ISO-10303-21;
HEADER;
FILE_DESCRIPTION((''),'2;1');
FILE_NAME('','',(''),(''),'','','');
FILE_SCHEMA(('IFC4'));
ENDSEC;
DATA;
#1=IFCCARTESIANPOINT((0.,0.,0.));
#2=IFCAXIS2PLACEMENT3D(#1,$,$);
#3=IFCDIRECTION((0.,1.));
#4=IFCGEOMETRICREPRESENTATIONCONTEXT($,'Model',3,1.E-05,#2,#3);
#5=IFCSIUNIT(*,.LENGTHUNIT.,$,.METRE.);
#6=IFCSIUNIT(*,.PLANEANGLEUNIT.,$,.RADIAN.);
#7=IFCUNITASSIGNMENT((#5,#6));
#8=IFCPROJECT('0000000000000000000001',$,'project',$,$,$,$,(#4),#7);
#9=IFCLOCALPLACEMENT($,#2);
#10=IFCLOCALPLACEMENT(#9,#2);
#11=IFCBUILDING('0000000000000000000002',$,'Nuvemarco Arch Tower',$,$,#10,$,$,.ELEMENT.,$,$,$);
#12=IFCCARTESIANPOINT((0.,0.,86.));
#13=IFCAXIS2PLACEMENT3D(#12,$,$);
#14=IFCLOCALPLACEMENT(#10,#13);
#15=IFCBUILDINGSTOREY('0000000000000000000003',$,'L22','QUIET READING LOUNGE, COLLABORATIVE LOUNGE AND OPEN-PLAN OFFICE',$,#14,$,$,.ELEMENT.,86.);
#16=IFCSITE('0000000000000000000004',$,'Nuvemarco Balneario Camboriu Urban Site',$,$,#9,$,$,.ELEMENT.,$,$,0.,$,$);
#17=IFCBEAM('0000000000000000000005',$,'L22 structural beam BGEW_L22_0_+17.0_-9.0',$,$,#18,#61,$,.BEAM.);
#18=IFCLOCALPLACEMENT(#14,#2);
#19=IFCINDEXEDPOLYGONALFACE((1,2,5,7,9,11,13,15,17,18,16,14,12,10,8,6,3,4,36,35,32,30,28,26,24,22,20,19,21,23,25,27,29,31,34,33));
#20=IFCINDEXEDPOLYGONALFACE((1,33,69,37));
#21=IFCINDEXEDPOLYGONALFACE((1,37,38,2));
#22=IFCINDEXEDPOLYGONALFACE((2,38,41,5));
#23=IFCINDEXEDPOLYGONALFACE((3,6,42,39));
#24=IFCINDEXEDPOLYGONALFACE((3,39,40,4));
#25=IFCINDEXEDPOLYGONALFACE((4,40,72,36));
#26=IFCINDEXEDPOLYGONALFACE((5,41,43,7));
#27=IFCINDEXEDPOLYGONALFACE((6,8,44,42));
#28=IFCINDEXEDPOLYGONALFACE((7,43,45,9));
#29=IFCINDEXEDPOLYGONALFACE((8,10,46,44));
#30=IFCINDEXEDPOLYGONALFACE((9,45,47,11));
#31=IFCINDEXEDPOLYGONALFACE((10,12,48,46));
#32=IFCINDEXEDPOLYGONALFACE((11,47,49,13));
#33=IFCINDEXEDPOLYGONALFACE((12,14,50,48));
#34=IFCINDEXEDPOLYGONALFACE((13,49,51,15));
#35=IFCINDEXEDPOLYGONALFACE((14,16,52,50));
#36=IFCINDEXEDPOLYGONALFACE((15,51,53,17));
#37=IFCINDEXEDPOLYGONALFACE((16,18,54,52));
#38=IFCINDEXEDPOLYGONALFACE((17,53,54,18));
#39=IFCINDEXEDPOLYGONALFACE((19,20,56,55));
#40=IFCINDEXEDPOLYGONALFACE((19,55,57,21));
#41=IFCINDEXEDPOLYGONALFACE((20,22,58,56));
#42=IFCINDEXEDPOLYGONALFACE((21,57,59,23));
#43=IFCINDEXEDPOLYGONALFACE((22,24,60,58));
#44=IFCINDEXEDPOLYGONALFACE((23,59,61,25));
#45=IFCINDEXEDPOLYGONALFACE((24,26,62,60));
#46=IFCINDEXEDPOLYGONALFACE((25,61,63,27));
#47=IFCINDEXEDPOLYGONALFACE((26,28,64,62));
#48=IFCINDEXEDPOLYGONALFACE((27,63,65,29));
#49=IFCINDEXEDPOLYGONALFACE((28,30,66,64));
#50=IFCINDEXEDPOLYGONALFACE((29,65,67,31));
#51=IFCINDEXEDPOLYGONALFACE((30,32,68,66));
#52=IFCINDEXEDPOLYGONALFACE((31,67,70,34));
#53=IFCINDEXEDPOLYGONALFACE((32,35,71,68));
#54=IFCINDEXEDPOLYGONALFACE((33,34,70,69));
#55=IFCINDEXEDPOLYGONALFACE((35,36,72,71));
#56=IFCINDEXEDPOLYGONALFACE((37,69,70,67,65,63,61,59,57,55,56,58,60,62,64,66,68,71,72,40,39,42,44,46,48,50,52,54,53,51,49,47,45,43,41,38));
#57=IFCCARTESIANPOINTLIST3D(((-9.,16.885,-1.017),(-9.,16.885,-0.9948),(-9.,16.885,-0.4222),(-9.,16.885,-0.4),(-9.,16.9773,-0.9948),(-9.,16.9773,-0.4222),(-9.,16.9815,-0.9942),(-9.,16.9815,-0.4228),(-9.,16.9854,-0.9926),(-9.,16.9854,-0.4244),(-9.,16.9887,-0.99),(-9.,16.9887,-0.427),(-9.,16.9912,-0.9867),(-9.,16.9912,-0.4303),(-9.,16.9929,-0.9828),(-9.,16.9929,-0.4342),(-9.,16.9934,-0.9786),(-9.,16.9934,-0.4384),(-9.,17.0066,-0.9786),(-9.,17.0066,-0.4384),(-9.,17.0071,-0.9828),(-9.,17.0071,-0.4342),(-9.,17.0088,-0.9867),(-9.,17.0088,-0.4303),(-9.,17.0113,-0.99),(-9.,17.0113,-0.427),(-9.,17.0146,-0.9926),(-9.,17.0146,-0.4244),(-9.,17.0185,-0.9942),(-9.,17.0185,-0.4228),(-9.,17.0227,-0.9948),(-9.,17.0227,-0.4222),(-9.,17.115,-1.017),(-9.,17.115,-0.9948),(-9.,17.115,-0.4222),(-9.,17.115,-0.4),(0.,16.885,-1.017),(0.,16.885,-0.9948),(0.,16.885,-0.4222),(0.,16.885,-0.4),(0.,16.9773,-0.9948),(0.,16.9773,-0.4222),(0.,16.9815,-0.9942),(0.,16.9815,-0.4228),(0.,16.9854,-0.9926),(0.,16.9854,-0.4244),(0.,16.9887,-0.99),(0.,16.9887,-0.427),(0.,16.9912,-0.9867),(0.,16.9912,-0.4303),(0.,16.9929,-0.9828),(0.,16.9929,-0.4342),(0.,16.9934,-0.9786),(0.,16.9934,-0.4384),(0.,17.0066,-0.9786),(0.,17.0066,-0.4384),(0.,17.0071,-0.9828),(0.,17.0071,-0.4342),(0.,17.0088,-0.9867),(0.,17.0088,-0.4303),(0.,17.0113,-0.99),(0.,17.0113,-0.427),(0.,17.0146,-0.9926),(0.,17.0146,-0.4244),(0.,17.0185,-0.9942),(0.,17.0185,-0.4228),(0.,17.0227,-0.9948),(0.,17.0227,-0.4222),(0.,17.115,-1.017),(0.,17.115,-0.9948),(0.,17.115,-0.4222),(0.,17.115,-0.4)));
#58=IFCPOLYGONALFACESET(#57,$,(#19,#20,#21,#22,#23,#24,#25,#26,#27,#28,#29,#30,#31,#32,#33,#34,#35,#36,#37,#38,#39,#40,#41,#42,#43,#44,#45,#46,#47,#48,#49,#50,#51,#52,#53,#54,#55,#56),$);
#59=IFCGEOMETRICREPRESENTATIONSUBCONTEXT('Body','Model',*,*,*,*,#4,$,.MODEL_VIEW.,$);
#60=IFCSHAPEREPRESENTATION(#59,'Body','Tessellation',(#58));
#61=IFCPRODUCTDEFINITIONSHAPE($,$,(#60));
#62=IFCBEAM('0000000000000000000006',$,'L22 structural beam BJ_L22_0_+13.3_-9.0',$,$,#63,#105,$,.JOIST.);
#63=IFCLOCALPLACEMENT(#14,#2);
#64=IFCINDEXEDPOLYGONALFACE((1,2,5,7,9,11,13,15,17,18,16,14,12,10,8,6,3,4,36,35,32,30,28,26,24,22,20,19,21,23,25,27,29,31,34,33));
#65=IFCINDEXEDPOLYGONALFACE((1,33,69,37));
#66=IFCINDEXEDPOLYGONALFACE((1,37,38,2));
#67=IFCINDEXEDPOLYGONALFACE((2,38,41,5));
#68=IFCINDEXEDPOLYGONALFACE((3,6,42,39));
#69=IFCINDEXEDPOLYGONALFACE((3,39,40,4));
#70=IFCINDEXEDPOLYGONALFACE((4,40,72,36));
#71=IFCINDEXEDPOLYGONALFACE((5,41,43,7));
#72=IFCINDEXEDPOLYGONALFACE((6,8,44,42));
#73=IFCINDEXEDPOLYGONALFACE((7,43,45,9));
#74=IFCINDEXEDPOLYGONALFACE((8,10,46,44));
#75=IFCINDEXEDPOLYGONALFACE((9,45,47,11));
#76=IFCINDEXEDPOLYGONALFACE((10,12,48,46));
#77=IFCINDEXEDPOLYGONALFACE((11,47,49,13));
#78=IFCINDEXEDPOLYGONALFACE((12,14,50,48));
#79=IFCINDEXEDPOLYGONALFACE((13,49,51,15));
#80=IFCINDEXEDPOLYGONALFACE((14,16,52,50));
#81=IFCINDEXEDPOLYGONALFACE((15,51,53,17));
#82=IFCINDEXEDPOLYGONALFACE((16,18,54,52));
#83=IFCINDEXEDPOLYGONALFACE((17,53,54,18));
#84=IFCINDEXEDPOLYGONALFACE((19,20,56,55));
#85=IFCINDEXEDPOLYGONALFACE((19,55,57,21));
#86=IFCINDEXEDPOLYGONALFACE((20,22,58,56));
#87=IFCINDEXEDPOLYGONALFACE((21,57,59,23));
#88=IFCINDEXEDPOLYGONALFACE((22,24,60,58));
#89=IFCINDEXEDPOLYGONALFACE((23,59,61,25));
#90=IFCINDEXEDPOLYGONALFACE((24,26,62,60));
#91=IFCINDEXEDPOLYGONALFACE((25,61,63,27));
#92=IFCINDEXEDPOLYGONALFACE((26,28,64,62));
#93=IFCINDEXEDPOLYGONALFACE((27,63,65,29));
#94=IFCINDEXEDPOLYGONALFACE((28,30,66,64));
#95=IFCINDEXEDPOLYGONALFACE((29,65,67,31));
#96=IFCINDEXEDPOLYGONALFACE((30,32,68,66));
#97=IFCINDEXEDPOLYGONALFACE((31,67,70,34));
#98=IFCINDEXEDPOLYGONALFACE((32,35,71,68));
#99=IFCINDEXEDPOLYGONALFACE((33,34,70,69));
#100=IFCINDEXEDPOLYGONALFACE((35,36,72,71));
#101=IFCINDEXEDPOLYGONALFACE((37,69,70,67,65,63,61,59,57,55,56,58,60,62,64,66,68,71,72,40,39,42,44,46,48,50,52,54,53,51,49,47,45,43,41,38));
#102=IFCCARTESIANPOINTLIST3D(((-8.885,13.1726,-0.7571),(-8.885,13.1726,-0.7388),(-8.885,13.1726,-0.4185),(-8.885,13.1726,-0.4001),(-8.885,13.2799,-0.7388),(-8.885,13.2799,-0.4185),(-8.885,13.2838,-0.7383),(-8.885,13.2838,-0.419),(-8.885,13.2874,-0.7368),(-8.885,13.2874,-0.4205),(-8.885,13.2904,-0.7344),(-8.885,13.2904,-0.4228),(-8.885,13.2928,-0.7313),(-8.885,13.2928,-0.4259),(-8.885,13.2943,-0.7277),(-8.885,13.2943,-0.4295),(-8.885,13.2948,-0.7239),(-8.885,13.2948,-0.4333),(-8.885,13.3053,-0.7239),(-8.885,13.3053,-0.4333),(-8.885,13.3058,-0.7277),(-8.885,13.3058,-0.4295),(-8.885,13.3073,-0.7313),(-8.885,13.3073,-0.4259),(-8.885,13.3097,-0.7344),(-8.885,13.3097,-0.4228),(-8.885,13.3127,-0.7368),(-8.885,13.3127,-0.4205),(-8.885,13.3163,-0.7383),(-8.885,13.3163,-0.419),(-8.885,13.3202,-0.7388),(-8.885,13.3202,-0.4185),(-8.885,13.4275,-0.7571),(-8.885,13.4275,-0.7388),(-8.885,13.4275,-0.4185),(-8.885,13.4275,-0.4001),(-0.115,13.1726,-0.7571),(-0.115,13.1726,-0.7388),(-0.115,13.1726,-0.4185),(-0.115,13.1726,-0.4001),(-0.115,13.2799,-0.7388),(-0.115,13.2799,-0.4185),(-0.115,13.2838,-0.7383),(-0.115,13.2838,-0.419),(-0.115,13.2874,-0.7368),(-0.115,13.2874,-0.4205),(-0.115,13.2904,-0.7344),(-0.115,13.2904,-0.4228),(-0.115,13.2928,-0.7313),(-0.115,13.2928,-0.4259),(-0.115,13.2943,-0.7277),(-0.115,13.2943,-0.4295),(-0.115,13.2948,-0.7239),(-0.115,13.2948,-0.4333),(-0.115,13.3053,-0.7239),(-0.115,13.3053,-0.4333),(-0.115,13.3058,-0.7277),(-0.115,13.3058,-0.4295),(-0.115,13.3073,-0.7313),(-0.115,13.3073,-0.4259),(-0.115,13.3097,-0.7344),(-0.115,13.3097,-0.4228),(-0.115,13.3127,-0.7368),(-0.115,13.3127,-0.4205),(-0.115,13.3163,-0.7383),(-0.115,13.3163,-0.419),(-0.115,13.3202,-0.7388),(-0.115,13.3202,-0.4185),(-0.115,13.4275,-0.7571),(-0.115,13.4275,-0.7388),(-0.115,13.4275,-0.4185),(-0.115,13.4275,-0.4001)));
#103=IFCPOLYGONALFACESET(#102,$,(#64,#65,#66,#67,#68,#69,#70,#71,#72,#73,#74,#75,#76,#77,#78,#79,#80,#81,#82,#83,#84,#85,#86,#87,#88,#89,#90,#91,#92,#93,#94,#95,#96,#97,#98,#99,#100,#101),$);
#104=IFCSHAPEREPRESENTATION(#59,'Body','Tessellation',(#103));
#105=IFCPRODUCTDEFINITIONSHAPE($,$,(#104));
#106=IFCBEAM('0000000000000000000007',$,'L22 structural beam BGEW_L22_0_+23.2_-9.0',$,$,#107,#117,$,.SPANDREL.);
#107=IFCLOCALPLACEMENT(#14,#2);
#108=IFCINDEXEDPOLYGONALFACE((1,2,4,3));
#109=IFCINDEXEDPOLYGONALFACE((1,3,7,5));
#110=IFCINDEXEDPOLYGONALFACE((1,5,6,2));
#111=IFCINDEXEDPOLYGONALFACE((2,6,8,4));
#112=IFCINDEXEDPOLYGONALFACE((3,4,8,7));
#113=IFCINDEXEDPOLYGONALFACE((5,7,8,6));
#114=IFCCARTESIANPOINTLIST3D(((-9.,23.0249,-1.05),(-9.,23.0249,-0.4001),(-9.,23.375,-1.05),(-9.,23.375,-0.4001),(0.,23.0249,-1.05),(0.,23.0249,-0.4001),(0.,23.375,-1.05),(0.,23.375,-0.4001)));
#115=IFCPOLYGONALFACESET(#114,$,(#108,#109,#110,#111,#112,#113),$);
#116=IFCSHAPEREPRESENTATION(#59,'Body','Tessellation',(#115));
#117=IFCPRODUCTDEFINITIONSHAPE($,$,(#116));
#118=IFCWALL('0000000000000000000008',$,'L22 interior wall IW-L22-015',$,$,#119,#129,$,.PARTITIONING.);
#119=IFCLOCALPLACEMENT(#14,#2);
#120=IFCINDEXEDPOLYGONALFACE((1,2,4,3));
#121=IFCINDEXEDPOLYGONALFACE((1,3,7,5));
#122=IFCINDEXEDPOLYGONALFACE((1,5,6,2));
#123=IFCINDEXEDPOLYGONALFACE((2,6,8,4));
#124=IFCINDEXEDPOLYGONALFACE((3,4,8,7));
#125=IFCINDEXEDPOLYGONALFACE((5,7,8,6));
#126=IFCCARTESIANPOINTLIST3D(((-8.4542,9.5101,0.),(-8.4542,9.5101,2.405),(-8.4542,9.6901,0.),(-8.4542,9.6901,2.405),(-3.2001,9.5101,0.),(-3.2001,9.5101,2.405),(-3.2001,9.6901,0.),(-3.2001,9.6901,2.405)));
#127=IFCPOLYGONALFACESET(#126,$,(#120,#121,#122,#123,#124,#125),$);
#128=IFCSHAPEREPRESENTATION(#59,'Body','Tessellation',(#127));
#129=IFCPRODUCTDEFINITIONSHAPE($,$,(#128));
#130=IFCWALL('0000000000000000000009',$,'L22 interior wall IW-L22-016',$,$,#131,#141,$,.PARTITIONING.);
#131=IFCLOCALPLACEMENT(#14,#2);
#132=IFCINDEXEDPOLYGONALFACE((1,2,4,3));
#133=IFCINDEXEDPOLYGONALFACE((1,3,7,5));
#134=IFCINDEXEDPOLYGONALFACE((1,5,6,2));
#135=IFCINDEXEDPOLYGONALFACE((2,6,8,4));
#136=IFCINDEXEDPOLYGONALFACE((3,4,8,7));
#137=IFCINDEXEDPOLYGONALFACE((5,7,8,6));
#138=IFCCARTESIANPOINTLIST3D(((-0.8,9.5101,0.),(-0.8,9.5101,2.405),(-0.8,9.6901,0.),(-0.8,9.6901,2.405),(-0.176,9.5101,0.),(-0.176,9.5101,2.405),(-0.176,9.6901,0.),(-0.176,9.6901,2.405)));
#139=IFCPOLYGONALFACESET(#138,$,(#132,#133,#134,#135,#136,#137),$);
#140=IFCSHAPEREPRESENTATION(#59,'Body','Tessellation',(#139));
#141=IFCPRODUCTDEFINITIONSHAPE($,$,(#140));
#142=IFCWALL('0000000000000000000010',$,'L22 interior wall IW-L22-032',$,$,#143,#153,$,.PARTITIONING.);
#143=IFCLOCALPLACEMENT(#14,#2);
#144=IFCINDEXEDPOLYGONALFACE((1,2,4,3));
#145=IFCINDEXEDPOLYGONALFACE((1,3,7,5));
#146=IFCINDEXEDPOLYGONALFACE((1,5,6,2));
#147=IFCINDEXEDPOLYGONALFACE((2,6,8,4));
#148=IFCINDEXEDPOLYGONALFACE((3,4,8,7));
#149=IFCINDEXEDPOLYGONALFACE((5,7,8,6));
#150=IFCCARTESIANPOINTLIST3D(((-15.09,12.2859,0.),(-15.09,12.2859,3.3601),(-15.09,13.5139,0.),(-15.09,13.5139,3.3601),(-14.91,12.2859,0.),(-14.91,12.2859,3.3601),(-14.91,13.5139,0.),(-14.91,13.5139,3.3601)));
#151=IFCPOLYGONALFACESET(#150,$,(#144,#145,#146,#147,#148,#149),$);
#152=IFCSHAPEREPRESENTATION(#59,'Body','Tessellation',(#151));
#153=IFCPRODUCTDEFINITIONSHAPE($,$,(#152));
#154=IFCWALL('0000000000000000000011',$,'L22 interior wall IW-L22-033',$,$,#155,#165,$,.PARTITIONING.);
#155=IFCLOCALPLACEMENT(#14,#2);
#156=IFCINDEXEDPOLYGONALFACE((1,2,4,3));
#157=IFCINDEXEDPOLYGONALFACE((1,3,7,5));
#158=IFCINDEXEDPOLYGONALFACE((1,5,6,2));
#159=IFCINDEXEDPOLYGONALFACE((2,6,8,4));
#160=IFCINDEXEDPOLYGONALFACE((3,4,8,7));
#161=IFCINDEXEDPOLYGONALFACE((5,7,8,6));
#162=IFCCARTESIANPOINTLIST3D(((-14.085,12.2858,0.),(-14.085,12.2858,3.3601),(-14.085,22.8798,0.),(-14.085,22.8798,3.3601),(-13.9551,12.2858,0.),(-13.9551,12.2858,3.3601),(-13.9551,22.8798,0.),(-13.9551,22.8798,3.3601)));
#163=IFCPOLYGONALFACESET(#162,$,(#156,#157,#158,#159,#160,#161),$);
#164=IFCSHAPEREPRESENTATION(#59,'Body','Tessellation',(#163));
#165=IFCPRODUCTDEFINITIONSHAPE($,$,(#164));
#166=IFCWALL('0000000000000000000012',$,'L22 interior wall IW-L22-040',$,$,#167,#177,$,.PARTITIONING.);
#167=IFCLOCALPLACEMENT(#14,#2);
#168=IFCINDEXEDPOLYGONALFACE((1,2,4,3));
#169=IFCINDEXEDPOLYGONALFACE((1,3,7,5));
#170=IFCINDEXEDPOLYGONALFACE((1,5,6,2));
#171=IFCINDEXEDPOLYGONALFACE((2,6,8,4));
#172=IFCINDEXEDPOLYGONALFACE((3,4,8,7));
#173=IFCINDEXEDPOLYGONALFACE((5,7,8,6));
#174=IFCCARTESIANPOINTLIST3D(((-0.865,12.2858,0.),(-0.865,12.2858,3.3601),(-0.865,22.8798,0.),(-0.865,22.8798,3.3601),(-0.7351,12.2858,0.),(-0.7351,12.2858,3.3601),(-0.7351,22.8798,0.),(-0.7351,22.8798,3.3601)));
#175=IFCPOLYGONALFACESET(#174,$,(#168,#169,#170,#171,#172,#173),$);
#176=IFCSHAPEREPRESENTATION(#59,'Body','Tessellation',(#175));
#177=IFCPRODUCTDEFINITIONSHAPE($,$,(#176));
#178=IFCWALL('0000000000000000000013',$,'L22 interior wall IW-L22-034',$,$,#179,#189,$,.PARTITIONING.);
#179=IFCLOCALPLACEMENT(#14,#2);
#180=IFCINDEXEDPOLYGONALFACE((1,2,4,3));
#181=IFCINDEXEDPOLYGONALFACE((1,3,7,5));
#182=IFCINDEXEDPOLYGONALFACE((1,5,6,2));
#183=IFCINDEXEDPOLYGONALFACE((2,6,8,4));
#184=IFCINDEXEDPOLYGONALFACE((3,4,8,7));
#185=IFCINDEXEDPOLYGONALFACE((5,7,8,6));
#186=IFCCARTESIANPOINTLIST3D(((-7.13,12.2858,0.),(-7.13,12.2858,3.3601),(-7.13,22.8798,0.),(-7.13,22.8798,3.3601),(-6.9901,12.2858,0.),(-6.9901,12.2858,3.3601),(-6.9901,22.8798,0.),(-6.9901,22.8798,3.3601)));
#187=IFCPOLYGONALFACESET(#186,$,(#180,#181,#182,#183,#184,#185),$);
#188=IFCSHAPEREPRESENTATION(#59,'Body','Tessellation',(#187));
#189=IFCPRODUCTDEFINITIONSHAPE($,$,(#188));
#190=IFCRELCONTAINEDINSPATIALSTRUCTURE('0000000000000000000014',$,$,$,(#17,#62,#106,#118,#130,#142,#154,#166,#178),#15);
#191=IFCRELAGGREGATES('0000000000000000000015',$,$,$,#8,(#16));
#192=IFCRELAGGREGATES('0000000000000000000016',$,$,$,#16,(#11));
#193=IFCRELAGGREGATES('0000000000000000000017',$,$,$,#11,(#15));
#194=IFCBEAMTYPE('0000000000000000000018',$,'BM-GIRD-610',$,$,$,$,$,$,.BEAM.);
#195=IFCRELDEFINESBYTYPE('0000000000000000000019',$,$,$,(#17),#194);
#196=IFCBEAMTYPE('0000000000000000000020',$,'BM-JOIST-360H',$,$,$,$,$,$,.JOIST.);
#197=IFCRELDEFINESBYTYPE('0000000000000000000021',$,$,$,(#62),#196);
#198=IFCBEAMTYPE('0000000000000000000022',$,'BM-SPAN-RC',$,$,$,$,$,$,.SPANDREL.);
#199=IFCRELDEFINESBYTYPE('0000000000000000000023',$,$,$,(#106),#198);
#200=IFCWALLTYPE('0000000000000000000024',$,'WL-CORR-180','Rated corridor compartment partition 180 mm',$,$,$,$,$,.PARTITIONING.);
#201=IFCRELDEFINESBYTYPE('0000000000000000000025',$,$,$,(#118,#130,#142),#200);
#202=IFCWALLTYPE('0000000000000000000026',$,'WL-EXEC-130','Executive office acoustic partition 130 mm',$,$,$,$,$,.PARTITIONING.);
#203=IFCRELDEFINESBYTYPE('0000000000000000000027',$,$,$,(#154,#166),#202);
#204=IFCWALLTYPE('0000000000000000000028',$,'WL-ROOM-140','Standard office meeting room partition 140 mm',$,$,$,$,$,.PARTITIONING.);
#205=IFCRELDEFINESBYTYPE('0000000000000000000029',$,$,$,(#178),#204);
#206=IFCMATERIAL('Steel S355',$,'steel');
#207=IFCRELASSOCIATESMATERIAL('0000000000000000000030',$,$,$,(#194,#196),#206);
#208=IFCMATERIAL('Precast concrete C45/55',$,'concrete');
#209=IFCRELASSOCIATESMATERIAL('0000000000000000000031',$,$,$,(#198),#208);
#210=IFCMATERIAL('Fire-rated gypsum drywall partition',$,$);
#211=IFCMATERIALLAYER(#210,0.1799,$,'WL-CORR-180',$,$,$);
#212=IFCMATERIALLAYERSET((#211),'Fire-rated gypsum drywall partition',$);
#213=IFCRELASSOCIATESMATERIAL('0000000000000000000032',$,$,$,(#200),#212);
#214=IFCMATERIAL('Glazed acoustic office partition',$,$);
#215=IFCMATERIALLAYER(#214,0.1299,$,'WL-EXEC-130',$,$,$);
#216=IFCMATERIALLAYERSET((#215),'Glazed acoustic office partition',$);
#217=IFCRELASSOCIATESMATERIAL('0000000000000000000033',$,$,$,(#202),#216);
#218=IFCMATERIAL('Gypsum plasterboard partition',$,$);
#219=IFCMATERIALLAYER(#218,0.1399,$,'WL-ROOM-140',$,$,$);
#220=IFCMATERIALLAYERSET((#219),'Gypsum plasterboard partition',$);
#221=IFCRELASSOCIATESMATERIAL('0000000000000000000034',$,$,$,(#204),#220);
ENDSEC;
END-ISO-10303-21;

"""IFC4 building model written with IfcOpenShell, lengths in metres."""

from ifc_helpers import new_model, si_unit, direction, frame, frame_2d, origin, origin_2d, place, context, subcontext, project, spatial, rectangle, i_section, extrude, material, layer, layer_set, material_profile, profile_set, type_object, element, save


model = new_model("IFC4")

# Units and contexts
model_context = context("Model", 3, precision=1e-05, world=origin(), true_north=direction((0.0, 1.0)))
body_context = subcontext(model_context, "Body", "Model", "MODEL_VIEW")
ifc_project = project(units=[si_unit("LENGTHUNIT", "METRE"), si_unit("PLANEANGLEUNIT", "RADIAN")], contexts=[model_context])

# Site, building, storey
site_placement = place(None, origin())
site = spatial("IfcSite", under=ifc_project, at=site_placement, Name="Nuvemarco Balneario Camboriu Urban Site", CompositionType="ELEMENT", RefElevation=0.0)
building_placement = place(site_placement, origin())
building = spatial("IfcBuilding", under=site, at=building_placement, Name="Nuvemarco Arch Tower", CompositionType="ELEMENT")
storey_placement = place(building_placement, frame((0.0, 0.0, 86.0)))
storey = spatial("IfcBuildingStorey", under=building, at=storey_placement, Name="L22", Description="QUIET READING LOUNGE, COLLABORATIVE LOUNGE AND OPEN-PLAN OFFICE", CompositionType="ELEMENT", Elevation=86.0)

# Shared definitions
ifc_material_1 = material(Name="Steel S355", Category="steel")

# Beams
ifc_material_profile_1 = material_profile(ifc_material_1, i_section(OverallWidth=0.23, OverallDepth=0.6169, WebThickness=0.0132, FlangeThickness=0.0222, FilletRadius=0.0161, at=origin_2d()), Name="W610x140")
ifc_profile_set_1 = profile_set([ifc_material_profile_1], Name="Steel S355")
beam_type_1 = type_object("IfcBeamType", Name="BM-GIRD-610", PredefinedType="BEAM", material=ifc_profile_set_1)
beam_1_placement = place(storey_placement, frame((-9.0, 17.0, -0.7085), z_axis=(1.0, 0.0, 0.0), x_axis=(0.0, 1.0, 0.0)))
element("IfcBeam", 1, at=beam_1_placement, inside=storey, type_object=beam_type_1, Name="L22 structural beam BGEW_L22_0_+17.0_-9.0", PredefinedType="BEAM", context=body_context, shape_type="SweptSolid", body=[
    extrude(i_section(OverallWidth=0.23, OverallDepth=0.6169, WebThickness=0.0132, FlangeThickness=0.0222, FilletRadius=0.0161, at=origin_2d()), origin(), (0.0, 0.0, 1.0), 9.0),
])
ifc_material_profile_2 = material_profile(ifc_material_1, i_section(OverallWidth=0.2549, OverallDepth=0.3569, WebThickness=0.0105, FlangeThickness=0.0183, FilletRadius=0.0149, at=origin_2d()), Name="W360x101")
ifc_profile_set_2 = profile_set([ifc_material_profile_2], Name="Steel S355")
beam_type_2 = type_object("IfcBeamType", Name="BM-JOIST-360H", PredefinedType="JOIST", material=ifc_profile_set_2)
beam_2_placement = place(storey_placement, frame((-8.885, 13.3, -0.5786), z_axis=(1.0, 0.0, 0.0), x_axis=(0.0, 1.0, 0.0)))
element("IfcBeam", 2, at=beam_2_placement, inside=storey, type_object=beam_type_2, Name="L22 structural beam BJ_L22_0_+13.3_-9.0", PredefinedType="JOIST", context=body_context, shape_type="SweptSolid", body=[
    extrude(i_section(OverallWidth=0.2549, OverallDepth=0.3569, WebThickness=0.0105, FlangeThickness=0.0183, FilletRadius=0.0149, at=origin_2d()), origin(), (0.0, 0.0, 1.0), 8.77),
])
ifc_material_2 = material(Name="Precast concrete C45/55", Category="concrete")
ifc_material_profile_3 = material_profile(ifc_material_2, rectangle(XDim=0.3501, YDim=0.6499, at=origin_2d()), Name="PC-SP-350x650")
ifc_profile_set_3 = profile_set([ifc_material_profile_3], Name="Precast concrete C45/55")
beam_type_3 = type_object("IfcBeamType", Name="BM-SPAN-RC", PredefinedType="SPANDREL", material=ifc_profile_set_3)
beam_3_placement = place(storey_placement, frame((-9.0, 23.2, -0.7251), z_axis=(1.0, 0.0, 0.0), x_axis=(0.0, 1.0, 0.0)))
element("IfcBeam", 3, at=beam_3_placement, inside=storey, type_object=beam_type_3, Name="L22 structural beam BGEW_L22_0_+23.2_-9.0", PredefinedType="SPANDREL", context=body_context, shape_type="SweptSolid", body=[
    extrude(rectangle(XDim=0.3501, YDim=0.6499, at=origin_2d()), origin(), (0.0, 0.0, 1.0), 9.0),
])

# Walls
ifc_material_3 = material(Name="Fire-rated gypsum drywall partition")
ifc_layer_1 = layer(ifc_material_3, 0.1799, Name="WL-CORR-180")
ifc_layer_set_1 = layer_set([ifc_layer_1], Name="Fire-rated gypsum drywall partition")
wall_type_1 = type_object("IfcWallType", Name="WL-CORR-180", Description="Rated corridor compartment partition 180 mm", PredefinedType="PARTITIONING", material=ifc_layer_set_1)
wall_1_placement = place(storey_placement, frame((-8.4541, 9.6001, 0.0), z_axis=(0.0, 0.0, 1.0), x_axis=(1.0, 0.0, 0.0)))
element("IfcWall", 4, at=wall_1_placement, inside=storey, type_object=wall_type_1, Name="L22 interior wall IW-L22-015", PredefinedType="PARTITIONING", context=body_context, shape_type="SweptSolid", body=[
    extrude(rectangle(XDim=5.2542, YDim=0.1799, at=frame_2d((2.627, 0.0))), origin(), (0.0, 0.0, 1.0), 2.405),
])
wall_2_placement = place(storey_placement, frame((-0.8, 9.6001, 0.0), z_axis=(0.0, 0.0, 1.0), x_axis=(1.0, 0.0, 0.0)))
element("IfcWall", 5, at=wall_2_placement, inside=storey, type_object=wall_type_1, Name="L22 interior wall IW-L22-016", PredefinedType="PARTITIONING", context=body_context, shape_type="SweptSolid", body=[
    extrude(rectangle(XDim=0.624, YDim=0.1799, at=frame_2d((0.312, 0.0))), origin(), (0.0, 0.0, 1.0), 2.405),
])
wall_3_placement = place(storey_placement, frame((-15.0, 12.2859, 0.0), z_axis=(0.0, 0.0, 1.0), x_axis=(0.0, 1.0, 0.0)))
element("IfcWall", 6, at=wall_3_placement, inside=storey, type_object=wall_type_1, Name="L22 interior wall IW-L22-032", PredefinedType="PARTITIONING", context=body_context, shape_type="SweptSolid", body=[
    extrude(rectangle(XDim=1.228, YDim=0.1799, at=frame_2d((0.614, 0.0))), origin(), (0.0, 0.0, 1.0), 3.3601),
])
ifc_material_4 = material(Name="Glazed acoustic office partition")
ifc_layer_2 = layer(ifc_material_4, 0.1299, Name="WL-EXEC-130")
ifc_layer_set_2 = layer_set([ifc_layer_2], Name="Glazed acoustic office partition")
wall_type_2 = type_object("IfcWallType", Name="WL-EXEC-130", Description="Executive office acoustic partition 130 mm", PredefinedType="PARTITIONING", material=ifc_layer_set_2)
for number, where, z_axis, x_axis, name in (
    (7, (-14.02, 12.2859, 0.0), (0.0, 0.0, 1.0), (0.0, 1.0, 0.0), "L22 interior wall IW-L22-033"),
    (8, (-0.8, 12.2859, 0.0), (0.0, 0.0, 1.0), (0.0, 1.0, 0.0), "L22 interior wall IW-L22-040"),
):
    element("IfcWall", number, at=place(storey_placement, frame(where, z_axis=z_axis, x_axis=x_axis)), inside=storey, type_object=wall_type_2, Name=name, PredefinedType="PARTITIONING", context=body_context, shape_type="SweptSolid", body=[
        extrude(rectangle(XDim=10.594, YDim=0.1299, at=frame_2d((5.2969, 0.0))), origin(), (0.0, 0.0, 1.0), 3.3601),
    ])
ifc_material_5 = material(Name="Gypsum plasterboard partition")
ifc_layer_3 = layer(ifc_material_5, 0.1399, Name="WL-ROOM-140")
ifc_layer_set_3 = layer_set([ifc_layer_3], Name="Gypsum plasterboard partition")
wall_type_3 = type_object("IfcWallType", Name="WL-ROOM-140", Description="Standard office meeting room partition 140 mm", PredefinedType="PARTITIONING", material=ifc_layer_set_3)
wall_4_placement = place(storey_placement, frame((-7.0601, 12.2859, 0.0), z_axis=(0.0, 0.0, 1.0), x_axis=(0.0, 1.0, 0.0)))
element("IfcWall", 9, at=wall_4_placement, inside=storey, type_object=wall_type_3, Name="L22 interior wall IW-L22-034", PredefinedType="PARTITIONING", context=body_context, shape_type="SweptSolid", body=[
    extrude(rectangle(XDim=10.594, YDim=0.1399, at=frame_2d((5.2969, 0.0))), origin(), (0.0, 0.0, 1.0), 3.3601),
])

save(model, "model.ifc")
